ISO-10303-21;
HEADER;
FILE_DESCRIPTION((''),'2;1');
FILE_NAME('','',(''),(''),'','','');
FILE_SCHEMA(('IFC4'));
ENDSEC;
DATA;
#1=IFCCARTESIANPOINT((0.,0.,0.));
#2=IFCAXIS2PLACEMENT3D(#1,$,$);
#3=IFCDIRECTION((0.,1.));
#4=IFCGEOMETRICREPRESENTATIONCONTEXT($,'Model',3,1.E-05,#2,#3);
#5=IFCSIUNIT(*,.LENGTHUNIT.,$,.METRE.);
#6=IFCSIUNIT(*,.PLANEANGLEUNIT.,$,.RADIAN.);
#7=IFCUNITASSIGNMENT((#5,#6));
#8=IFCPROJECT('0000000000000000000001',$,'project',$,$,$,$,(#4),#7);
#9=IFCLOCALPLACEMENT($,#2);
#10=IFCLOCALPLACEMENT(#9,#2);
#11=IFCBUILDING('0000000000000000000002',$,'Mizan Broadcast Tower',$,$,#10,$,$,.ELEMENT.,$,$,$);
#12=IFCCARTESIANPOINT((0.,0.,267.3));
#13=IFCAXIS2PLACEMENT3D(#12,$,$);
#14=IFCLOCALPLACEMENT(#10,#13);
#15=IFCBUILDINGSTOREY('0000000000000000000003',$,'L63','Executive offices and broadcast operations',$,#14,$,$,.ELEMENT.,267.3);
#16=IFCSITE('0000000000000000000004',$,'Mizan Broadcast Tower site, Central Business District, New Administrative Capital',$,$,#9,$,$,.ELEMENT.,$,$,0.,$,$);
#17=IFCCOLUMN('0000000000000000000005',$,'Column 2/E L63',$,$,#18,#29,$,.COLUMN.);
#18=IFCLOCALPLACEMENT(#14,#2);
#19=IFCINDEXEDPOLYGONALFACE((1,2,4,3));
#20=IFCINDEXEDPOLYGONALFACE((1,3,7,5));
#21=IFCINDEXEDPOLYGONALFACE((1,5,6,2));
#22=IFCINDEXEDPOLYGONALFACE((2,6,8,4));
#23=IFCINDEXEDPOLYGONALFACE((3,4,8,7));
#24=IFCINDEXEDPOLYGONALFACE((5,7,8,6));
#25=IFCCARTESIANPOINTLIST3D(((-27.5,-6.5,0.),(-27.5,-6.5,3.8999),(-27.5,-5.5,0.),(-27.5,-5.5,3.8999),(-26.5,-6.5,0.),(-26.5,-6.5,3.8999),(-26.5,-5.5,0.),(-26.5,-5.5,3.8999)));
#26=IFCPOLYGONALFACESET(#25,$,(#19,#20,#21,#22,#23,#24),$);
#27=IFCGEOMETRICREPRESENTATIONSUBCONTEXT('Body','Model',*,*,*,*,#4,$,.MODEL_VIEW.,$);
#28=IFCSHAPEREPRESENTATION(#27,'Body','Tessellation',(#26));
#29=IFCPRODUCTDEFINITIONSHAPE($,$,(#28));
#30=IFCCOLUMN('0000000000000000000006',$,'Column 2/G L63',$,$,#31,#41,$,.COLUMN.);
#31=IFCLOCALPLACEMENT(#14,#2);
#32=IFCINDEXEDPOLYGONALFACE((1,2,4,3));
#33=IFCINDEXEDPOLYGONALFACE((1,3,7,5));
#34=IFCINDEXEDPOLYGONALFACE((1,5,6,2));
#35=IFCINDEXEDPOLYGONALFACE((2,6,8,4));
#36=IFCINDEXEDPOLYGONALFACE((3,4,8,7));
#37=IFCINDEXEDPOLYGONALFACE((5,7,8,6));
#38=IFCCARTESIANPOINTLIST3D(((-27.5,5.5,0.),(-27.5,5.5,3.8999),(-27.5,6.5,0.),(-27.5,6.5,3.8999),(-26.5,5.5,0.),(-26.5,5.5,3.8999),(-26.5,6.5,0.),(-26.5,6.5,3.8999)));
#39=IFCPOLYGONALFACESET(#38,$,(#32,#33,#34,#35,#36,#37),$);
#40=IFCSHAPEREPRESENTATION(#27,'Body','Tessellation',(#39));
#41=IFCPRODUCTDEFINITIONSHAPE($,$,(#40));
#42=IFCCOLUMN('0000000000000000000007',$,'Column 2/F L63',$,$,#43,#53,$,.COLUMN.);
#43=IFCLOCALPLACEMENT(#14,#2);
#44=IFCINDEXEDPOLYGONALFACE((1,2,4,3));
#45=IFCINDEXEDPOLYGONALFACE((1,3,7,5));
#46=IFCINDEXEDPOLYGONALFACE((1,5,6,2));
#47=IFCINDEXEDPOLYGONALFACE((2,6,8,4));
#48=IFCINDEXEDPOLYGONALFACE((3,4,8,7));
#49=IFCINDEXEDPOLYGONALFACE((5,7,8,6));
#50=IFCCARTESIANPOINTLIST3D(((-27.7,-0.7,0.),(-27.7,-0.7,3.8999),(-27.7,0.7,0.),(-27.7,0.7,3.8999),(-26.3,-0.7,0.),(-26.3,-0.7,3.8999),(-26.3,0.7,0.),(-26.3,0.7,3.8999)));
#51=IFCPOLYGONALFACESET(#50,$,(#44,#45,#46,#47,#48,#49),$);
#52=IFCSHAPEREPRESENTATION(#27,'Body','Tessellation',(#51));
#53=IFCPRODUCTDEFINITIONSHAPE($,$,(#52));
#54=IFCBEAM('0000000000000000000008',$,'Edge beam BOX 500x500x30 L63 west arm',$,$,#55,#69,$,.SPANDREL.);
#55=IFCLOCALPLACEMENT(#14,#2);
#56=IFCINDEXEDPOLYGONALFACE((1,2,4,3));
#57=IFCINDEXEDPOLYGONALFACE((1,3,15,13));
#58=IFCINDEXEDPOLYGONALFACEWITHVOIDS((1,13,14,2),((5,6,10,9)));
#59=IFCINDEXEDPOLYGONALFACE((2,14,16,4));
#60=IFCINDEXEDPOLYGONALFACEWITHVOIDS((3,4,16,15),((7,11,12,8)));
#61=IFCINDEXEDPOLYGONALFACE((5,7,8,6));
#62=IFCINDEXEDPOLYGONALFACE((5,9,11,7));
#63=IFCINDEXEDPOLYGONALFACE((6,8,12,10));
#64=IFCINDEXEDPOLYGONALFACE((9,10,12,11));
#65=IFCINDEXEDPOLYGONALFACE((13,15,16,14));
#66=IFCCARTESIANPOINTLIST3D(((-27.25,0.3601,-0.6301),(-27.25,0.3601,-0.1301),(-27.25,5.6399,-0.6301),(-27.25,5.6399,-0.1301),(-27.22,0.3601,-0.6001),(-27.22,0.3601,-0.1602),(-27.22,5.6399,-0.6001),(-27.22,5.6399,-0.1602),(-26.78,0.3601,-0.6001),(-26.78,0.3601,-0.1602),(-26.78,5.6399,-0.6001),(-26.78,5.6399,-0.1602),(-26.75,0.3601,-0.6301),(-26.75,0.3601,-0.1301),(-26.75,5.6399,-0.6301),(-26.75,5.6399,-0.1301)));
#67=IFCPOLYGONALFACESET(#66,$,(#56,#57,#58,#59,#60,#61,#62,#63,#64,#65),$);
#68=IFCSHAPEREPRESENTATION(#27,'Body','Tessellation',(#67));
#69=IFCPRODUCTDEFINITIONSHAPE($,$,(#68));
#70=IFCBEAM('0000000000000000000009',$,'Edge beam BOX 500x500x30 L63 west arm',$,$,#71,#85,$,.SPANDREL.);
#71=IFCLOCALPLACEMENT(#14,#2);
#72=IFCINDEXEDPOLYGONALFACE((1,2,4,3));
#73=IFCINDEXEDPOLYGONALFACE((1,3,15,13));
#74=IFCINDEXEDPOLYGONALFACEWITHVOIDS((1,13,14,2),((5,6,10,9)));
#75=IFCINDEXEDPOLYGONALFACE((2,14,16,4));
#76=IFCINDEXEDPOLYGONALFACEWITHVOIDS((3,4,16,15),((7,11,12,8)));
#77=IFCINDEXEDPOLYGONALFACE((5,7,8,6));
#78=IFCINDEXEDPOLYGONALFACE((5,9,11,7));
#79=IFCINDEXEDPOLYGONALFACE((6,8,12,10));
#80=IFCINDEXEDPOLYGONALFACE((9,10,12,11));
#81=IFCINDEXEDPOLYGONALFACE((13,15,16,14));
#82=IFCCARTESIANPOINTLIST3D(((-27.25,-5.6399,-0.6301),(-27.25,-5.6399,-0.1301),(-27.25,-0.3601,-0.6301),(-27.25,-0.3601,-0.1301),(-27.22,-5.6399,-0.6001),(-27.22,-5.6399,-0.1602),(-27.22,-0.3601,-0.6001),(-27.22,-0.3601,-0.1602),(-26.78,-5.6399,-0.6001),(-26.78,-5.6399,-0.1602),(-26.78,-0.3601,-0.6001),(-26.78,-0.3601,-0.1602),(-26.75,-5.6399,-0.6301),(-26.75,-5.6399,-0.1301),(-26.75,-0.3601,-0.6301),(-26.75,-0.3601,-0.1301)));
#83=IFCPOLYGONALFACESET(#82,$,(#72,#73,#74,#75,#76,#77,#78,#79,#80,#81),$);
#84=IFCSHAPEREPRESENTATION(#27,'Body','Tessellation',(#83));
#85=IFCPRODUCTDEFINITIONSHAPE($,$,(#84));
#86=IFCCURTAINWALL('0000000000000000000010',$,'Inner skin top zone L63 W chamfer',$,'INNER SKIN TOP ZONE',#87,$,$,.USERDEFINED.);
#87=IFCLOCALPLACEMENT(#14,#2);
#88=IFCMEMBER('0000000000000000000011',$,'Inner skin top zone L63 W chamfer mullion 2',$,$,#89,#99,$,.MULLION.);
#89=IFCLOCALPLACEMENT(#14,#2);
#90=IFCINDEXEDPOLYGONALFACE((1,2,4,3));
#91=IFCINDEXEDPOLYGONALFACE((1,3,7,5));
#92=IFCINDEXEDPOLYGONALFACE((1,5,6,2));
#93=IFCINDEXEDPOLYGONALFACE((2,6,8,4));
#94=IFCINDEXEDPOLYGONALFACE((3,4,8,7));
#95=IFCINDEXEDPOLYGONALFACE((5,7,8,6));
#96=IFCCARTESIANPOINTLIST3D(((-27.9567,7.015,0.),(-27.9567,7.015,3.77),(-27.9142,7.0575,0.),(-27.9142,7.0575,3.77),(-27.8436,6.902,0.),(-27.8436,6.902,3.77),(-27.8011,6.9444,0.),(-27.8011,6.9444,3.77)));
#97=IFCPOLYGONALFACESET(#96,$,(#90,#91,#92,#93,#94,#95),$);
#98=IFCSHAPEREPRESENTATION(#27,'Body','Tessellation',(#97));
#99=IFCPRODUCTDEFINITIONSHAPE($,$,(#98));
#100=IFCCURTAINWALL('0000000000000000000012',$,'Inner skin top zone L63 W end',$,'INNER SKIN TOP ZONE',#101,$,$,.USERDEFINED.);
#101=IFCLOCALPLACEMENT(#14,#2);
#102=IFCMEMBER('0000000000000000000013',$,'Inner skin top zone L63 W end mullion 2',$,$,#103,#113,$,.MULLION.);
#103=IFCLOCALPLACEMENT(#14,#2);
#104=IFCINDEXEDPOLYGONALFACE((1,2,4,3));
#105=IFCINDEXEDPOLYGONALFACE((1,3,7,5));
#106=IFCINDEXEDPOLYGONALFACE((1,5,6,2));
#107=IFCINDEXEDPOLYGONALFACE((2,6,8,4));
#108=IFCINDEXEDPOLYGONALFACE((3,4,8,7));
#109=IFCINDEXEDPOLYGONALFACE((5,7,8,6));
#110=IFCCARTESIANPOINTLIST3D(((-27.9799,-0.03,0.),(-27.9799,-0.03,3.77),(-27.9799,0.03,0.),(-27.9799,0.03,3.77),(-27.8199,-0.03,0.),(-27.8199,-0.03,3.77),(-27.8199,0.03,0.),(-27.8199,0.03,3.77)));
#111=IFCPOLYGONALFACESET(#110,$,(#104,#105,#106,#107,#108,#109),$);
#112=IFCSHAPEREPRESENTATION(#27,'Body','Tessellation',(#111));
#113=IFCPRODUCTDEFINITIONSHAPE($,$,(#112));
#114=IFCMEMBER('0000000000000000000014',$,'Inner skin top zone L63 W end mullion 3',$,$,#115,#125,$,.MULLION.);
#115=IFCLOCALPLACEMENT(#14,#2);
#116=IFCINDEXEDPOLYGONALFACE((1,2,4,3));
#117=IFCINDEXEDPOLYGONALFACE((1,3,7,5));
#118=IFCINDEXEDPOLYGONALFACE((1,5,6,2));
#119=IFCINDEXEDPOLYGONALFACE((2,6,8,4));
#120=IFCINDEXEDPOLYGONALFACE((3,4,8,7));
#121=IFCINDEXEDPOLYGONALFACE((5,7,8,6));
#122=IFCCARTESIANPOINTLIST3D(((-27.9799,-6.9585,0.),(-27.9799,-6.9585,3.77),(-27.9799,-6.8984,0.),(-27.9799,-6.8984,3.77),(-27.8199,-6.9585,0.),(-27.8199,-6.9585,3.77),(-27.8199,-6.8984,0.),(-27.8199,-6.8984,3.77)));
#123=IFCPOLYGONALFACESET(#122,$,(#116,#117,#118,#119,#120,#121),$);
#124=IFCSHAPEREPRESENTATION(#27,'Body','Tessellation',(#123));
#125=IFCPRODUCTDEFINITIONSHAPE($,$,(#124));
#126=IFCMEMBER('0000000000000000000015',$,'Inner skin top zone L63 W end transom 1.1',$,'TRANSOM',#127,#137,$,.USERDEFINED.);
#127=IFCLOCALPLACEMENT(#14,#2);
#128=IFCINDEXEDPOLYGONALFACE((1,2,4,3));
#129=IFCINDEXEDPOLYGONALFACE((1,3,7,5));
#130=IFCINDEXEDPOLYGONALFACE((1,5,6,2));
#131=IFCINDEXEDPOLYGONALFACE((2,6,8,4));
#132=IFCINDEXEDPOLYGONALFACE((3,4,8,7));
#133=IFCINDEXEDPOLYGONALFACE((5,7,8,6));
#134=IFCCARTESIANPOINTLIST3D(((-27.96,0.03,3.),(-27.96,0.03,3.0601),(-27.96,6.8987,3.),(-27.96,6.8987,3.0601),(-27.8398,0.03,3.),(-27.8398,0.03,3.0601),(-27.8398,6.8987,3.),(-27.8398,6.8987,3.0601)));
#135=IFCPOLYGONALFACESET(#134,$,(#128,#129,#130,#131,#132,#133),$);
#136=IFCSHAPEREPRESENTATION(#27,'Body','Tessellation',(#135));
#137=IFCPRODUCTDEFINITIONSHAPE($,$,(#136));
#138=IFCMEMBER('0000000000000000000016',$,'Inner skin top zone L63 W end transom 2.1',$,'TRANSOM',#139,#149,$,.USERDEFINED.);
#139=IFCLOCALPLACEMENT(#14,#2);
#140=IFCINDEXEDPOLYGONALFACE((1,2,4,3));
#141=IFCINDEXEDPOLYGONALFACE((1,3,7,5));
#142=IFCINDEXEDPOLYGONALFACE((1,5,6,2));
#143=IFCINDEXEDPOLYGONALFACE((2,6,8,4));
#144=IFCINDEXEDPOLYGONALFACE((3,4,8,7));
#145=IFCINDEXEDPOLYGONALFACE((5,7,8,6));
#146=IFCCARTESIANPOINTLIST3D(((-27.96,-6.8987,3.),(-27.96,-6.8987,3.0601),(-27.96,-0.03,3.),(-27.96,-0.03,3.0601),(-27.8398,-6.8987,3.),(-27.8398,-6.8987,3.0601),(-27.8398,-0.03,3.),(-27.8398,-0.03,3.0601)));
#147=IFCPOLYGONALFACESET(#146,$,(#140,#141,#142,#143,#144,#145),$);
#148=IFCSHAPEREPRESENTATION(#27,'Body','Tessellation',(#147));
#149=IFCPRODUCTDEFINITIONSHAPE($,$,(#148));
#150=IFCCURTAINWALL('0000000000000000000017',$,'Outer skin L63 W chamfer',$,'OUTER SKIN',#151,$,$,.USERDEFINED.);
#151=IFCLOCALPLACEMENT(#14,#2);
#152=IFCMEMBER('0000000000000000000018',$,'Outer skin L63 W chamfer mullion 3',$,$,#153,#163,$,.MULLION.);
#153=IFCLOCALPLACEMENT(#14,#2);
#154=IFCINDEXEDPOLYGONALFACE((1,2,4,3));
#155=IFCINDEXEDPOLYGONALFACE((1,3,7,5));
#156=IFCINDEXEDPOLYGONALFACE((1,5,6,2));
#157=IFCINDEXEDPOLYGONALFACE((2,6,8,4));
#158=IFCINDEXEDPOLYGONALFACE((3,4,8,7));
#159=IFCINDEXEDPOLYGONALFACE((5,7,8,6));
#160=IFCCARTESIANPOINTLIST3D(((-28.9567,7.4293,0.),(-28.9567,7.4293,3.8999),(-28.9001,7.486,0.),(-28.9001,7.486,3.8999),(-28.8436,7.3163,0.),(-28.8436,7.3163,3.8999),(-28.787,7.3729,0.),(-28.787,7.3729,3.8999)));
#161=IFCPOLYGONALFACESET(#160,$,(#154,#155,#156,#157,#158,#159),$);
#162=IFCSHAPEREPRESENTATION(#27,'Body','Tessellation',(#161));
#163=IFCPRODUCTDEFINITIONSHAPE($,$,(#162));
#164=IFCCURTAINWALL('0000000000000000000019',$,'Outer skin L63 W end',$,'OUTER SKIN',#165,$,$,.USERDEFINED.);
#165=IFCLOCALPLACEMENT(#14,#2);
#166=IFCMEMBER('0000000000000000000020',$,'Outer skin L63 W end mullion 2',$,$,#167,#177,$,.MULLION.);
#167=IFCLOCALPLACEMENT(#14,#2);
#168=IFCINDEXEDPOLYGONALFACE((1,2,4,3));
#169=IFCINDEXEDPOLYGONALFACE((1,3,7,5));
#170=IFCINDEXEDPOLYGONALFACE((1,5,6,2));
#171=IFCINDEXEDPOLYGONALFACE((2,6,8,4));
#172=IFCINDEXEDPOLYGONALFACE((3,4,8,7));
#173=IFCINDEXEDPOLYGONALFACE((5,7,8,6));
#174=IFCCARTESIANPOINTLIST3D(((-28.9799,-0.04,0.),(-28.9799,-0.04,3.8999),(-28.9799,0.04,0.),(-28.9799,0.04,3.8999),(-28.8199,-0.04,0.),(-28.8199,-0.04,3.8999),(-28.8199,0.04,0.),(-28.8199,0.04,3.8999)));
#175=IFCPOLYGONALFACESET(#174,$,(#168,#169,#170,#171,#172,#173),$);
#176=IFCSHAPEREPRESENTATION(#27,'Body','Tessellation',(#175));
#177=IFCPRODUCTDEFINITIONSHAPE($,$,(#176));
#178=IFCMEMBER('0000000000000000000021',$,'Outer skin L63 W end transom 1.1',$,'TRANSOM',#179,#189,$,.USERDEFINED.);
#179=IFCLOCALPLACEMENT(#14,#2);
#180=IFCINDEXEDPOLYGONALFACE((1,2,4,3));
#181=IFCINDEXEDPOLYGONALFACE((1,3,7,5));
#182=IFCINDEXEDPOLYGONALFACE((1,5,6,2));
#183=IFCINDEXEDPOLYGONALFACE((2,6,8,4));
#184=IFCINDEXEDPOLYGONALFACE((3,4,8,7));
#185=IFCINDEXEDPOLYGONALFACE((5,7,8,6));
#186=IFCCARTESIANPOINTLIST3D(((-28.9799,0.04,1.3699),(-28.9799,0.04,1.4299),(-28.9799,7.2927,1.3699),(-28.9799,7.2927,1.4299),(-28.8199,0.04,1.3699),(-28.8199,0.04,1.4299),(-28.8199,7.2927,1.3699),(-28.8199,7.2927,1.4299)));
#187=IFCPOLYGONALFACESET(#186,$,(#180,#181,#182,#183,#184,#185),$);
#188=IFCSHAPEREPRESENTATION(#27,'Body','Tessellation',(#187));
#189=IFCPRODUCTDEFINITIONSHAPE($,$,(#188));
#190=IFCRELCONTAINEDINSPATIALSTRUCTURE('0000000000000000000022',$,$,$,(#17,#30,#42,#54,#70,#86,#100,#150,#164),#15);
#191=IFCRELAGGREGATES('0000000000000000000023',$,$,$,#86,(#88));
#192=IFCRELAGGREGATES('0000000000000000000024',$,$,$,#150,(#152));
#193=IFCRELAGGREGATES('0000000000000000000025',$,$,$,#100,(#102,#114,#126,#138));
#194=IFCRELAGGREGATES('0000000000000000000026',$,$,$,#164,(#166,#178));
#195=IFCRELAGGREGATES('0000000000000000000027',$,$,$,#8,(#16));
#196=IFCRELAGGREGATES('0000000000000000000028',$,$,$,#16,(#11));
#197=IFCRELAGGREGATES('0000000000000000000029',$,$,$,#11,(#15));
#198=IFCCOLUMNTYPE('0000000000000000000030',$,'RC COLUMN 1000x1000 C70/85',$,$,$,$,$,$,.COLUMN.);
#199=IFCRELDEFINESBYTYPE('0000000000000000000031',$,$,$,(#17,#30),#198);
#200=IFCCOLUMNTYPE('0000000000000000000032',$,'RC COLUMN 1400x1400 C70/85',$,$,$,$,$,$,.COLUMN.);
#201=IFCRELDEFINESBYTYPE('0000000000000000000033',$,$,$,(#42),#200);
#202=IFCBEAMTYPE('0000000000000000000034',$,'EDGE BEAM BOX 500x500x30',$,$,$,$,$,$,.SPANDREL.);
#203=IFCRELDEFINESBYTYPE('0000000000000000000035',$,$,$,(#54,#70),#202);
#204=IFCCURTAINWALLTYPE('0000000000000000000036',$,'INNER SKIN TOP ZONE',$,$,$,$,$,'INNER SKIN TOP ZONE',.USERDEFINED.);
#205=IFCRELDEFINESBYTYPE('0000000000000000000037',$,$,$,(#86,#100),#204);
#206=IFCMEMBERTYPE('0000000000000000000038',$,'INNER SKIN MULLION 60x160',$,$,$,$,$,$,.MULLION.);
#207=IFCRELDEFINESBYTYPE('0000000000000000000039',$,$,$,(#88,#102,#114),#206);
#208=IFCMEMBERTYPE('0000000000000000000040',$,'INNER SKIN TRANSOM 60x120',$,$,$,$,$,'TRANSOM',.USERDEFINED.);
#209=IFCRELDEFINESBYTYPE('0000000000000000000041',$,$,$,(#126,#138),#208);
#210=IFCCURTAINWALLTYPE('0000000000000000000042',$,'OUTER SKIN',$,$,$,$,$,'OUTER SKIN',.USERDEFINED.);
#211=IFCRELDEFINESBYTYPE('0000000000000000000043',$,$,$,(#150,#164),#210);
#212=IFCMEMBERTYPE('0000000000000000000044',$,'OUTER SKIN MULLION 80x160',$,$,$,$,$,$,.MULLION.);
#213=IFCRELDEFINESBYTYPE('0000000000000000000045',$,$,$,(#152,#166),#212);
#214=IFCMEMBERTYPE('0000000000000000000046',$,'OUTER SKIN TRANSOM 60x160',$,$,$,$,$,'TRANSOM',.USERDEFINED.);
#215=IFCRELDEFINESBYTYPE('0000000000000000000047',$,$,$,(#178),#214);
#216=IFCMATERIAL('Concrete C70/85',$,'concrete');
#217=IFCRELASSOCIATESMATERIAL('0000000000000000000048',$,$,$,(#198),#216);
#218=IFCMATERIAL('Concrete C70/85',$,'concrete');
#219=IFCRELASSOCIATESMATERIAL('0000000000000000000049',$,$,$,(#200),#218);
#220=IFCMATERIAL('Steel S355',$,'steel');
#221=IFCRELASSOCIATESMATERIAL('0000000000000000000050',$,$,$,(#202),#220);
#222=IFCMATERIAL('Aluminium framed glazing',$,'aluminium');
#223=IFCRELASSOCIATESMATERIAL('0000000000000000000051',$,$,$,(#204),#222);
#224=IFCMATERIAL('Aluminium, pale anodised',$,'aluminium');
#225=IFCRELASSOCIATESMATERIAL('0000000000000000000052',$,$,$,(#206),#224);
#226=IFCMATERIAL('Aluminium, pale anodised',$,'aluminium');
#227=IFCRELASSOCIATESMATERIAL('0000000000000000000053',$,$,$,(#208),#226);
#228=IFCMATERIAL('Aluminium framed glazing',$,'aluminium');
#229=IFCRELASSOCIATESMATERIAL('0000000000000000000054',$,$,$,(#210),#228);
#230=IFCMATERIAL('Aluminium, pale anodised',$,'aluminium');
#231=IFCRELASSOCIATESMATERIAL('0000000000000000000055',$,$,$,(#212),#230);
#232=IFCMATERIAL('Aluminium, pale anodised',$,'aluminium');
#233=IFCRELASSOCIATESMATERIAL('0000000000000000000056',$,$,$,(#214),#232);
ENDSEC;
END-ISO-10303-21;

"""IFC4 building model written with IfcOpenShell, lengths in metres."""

from ifc_helpers import new_model, si_unit, direction, frame, origin, origin_2d, place, context, subcontext, project, spatial, rectangle, hollow_rectangle, extrude, material, material_profile, profile_set, type_object, element, aggregate, save


model = new_model("IFC4")

# Units and contexts
model_context = context("Model", 3, precision=1e-05, world=origin(), true_north=direction((0.0, 1.0)))
body_context = subcontext(model_context, "Body", "Model", "MODEL_VIEW")
ifc_project = project(units=[si_unit("LENGTHUNIT", "METRE"), si_unit("PLANEANGLEUNIT", "RADIAN")], contexts=[model_context])

# Site, building, storey
site_placement = place(None, origin())
site = spatial("IfcSite", under=ifc_project, at=site_placement, Name="Mizan Broadcast Tower site, Central Business District, New Administrative Capital", CompositionType="ELEMENT", RefElevation=0.0)
building_placement = place(site_placement, origin())
building = spatial("IfcBuilding", under=site, at=building_placement, Name="Mizan Broadcast Tower", CompositionType="ELEMENT")
storey_placement = place(building_placement, frame((0.0, 0.0, 267.3)))
storey = spatial("IfcBuildingStorey", under=building, at=storey_placement, Name="L63", Description="Executive offices and broadcast operations", CompositionType="ELEMENT", Elevation=267.3)

# Columns
ifc_material_1 = material(Name="Concrete C70/85", Category="concrete")
ifc_material_profile_1 = material_profile(ifc_material_1, rectangle(XDim=1.0, YDim=1.0, at=origin_2d()), Name="RC 1000x1000")
ifc_profile_set_1 = profile_set([ifc_material_profile_1], Name="Concrete C70/85")
column_type_1 = type_object("IfcColumnType", Name="RC COLUMN 1000x1000 C70/85", PredefinedType="COLUMN", material=ifc_profile_set_1)
for number, where, z_axis, x_axis, name in (
    (1, (-27.0, -6.0, 0.0), (0.0, 0.0, 1.0), (1.0, 0.0, 0.0), "Column 2/E L63"),
    (2, (-27.0, 6.0, 0.0), (0.0, 0.0, 1.0), (1.0, 0.0, 0.0), "Column 2/G L63"),
):
    element("IfcColumn", number, at=place(storey_placement, frame(where, z_axis=z_axis, x_axis=x_axis)), inside=storey, type_object=column_type_1, Name=name, PredefinedType="COLUMN", context=body_context, shape_type="SweptSolid", body=[
        extrude(rectangle(XDim=1.0, YDim=1.0, at=origin_2d()), origin(), (0.0, 0.0, 1.0), 3.8999),
    ])
ifc_material_2 = material(Name="Concrete C70/85", Category="concrete")
ifc_material_profile_2 = material_profile(ifc_material_2, rectangle(XDim=1.3999, YDim=1.3999, at=origin_2d()), Name="RC 1400x1400")
ifc_profile_set_2 = profile_set([ifc_material_profile_2], Name="Concrete C70/85")
column_type_2 = type_object("IfcColumnType", Name="RC COLUMN 1400x1400 C70/85", PredefinedType="COLUMN", material=ifc_profile_set_2)
column_placement = place(storey_placement, frame((-27.0, 0.0, 0.0), z_axis=(0.0, 0.0, 1.0), x_axis=(1.0, 0.0, 0.0)))
element("IfcColumn", 3, at=column_placement, inside=storey, type_object=column_type_2, Name="Column 2/F L63", PredefinedType="COLUMN", context=body_context, shape_type="SweptSolid", body=[
    extrude(rectangle(XDim=1.3999, YDim=1.3999, at=origin_2d()), origin(), (0.0, 0.0, 1.0), 3.8999),
])

# Beams
ifc_material_3 = material(Name="Steel S355", Category="steel")
ifc_material_profile_3 = material_profile(ifc_material_3, hollow_rectangle(XDim=0.5, YDim=0.5, WallThickness=0.03, at=origin_2d()), Name="BOX 500x500x30")
ifc_profile_set_3 = profile_set([ifc_material_profile_3], Name="Steel S355")
beam_type = type_object("IfcBeamType", Name="EDGE BEAM BOX 500x500x30", PredefinedType="SPANDREL", material=ifc_profile_set_3)
for number, where, z_axis, x_axis, name in (
    (4, (-27.0, 5.6399, -0.3801), (0.0, -1.0, 0.0), (1.0, 0.0, 0.0), "Edge beam BOX 500x500x30 L63 west arm"),
    (5, (-27.0, -5.6399, -0.3801), (0.0, 1.0, 0.0), (-1.0, 0.0, 0.0), "Edge beam BOX 500x500x30 L63 west arm"),
):
    element("IfcBeam", number, at=place(storey_placement, frame(where, z_axis=z_axis, x_axis=x_axis)), inside=storey, type_object=beam_type, Name=name, PredefinedType="SPANDREL", context=body_context, shape_type="SweptSolid", body=[
        extrude(hollow_rectangle(XDim=0.5, YDim=0.5, WallThickness=0.03, at=origin_2d()), origin(), (0.0, 0.0, 1.0), 5.2798),
    ])

# Curtain wall, member
ifc_material_4 = material(Name="Aluminium framed glazing", Category="aluminium")
curtain_wall_type_1 = type_object("IfcCurtainWallType", Name="INNER SKIN TOP ZONE", ElementType="INNER SKIN TOP ZONE", PredefinedType="USERDEFINED", material=ifc_material_4)
curtain_wall_1_placement = place(storey_placement, origin())
curtain_wall_1 = element("IfcCurtainWall", 6, at=curtain_wall_1_placement, inside=storey, type_object=curtain_wall_type_1, Name="Inner skin top zone L63 W chamfer", ObjectType="INNER SKIN TOP ZONE", PredefinedType="USERDEFINED")
ifc_material_5 = material(Name="Aluminium, pale anodised", Category="aluminium")
ifc_material_profile_4 = material_profile(ifc_material_5, rectangle(XDim=0.1599, YDim=0.0601, at=origin_2d()), Name="MULLION 160x60")
ifc_profile_set_4 = profile_set([ifc_material_profile_4], Name="Aluminium, pale anodised")
member_type_1 = type_object("IfcMemberType", Name="INNER SKIN MULLION 60x160", PredefinedType="MULLION", material=ifc_profile_set_4)
member_1_placement = place(storey_placement, frame((-27.8789, 6.9797, 0.0), z_axis=(0.0, 0.0, 1.0), x_axis=(0.707107, -0.707107, 0.0)))
member_1 = element("IfcMember", 7, at=member_1_placement, type_object=member_type_1, Name="Inner skin top zone L63 W chamfer mullion 2", PredefinedType="MULLION", context=body_context, shape_type="SweptSolid", body=[
    extrude(rectangle(XDim=0.1599, YDim=0.0601, at=origin_2d()), origin(), (0.0, 0.0, 1.0), 3.77),
])
aggregate(curtain_wall_1, [member_1])

# Curtain wall, members
curtain_wall_2_placement = place(storey_placement, origin())
curtain_wall_2 = element("IfcCurtainWall", 8, at=curtain_wall_2_placement, inside=storey, type_object=curtain_wall_type_1, Name="Inner skin top zone L63 W end", ObjectType="INNER SKIN TOP ZONE", PredefinedType="USERDEFINED")
member_2_placement = place(storey_placement, frame((-27.8999, 0.0, 0.0), z_axis=(0.0, 0.0, 1.0), x_axis=(1.0, 0.0, 0.0)))
member_2 = element("IfcMember", 9, at=member_2_placement, type_object=member_type_1, Name="Inner skin top zone L63 W end mullion 2", PredefinedType="MULLION", context=body_context, shape_type="SweptSolid", body=[
    extrude(rectangle(XDim=0.1599, YDim=0.0601, at=origin_2d()), origin(), (0.0, 0.0, 1.0), 3.77),
])
member_3_placement = place(storey_placement, frame((-27.8999, -6.9285, 0.0), z_axis=(0.0, 0.0, 1.0), x_axis=(1.0, 0.0, 0.0)))
member_3 = element("IfcMember", 10, at=member_3_placement, type_object=member_type_1, Name="Inner skin top zone L63 W end mullion 3", PredefinedType="MULLION", context=body_context, shape_type="SweptSolid", body=[
    extrude(rectangle(XDim=0.1599, YDim=0.0601, at=origin_2d()), origin(), (0.0, 0.0, 1.0), 3.77),
])
ifc_material_6 = material(Name="Aluminium, pale anodised", Category="aluminium")
ifc_material_profile_5 = material_profile(ifc_material_6, rectangle(XDim=0.1201, YDim=0.0601, at=origin_2d()), Name="TRANSOM 120x60")
ifc_profile_set_5 = profile_set([ifc_material_profile_5], Name="Aluminium, pale anodised")
member_type_2 = type_object("IfcMemberType", Name="INNER SKIN TRANSOM 60x120", ElementType="TRANSOM", PredefinedType="USERDEFINED", material=ifc_profile_set_5)
member_4_placement = place(storey_placement, frame((-27.8999, 6.8987, 3.03), z_axis=(0.0, -1.0, 0.0), x_axis=(1.0, 0.0, 0.0)))
member_4 = element("IfcMember", 11, at=member_4_placement, type_object=member_type_2, Name="Inner skin top zone L63 W end transom 1.1", ObjectType="TRANSOM", PredefinedType="USERDEFINED", context=body_context, shape_type="SweptSolid", body=[
    extrude(rectangle(XDim=0.1201, YDim=0.0601, at=origin_2d()), origin(), (0.0, 0.0, 1.0), 6.8687),
])
member_5_placement = place(storey_placement, frame((-27.8999, -0.03, 3.03), z_axis=(0.0, -1.0, 0.0), x_axis=(1.0, 0.0, 0.0)))
member_5 = element("IfcMember", 12, at=member_5_placement, type_object=member_type_2, Name="Inner skin top zone L63 W end transom 2.1", ObjectType="TRANSOM", PredefinedType="USERDEFINED", context=body_context, shape_type="SweptSolid", body=[
    extrude(rectangle(XDim=0.1201, YDim=0.0601, at=origin_2d()), origin(), (0.0, 0.0, 1.0), 6.8687),
])

# Curtain wall, member
ifc_material_7 = material(Name="Aluminium framed glazing", Category="aluminium")
curtain_wall_type_2 = type_object("IfcCurtainWallType", Name="OUTER SKIN", ElementType="OUTER SKIN", PredefinedType="USERDEFINED", material=ifc_material_7)
curtain_wall_3_placement = place(storey_placement, origin())
curtain_wall_3 = element("IfcCurtainWall", 13, at=curtain_wall_3_placement, inside=storey, type_object=curtain_wall_type_2, Name="Outer skin L63 W chamfer", ObjectType="OUTER SKIN", PredefinedType="USERDEFINED")
ifc_material_8 = material(Name="Aluminium, pale anodised", Category="aluminium")
ifc_material_profile_6 = material_profile(ifc_material_8, rectangle(XDim=0.1599, YDim=0.0801, at=origin_2d()), Name="MULLION 160x80")
ifc_profile_set_6 = profile_set([ifc_material_profile_6], Name="Aluminium, pale anodised")
member_type_3 = type_object("IfcMemberType", Name="OUTER SKIN MULLION 80x160", PredefinedType="MULLION", material=ifc_profile_set_6)
member_6_placement = place(storey_placement, frame((-28.8718, 7.4011, 0.0), z_axis=(0.0, 0.0, 1.0), x_axis=(0.707107, -0.707107, 0.0)))
member_6 = element("IfcMember", 14, at=member_6_placement, type_object=member_type_3, Name="Outer skin L63 W chamfer mullion 3", PredefinedType="MULLION", context=body_context, shape_type="SweptSolid", body=[
    extrude(rectangle(XDim=0.1599, YDim=0.0801, at=origin_2d()), origin(), (0.0, 0.0, 1.0), 3.8999),
])
aggregate(curtain_wall_3, [member_6])

# Curtain wall, members
curtain_wall_4_placement = place(storey_placement, origin())
curtain_wall_4 = element("IfcCurtainWall", 15, at=curtain_wall_4_placement, inside=storey, type_object=curtain_wall_type_2, Name="Outer skin L63 W end", ObjectType="OUTER SKIN", PredefinedType="USERDEFINED")
member_7_placement = place(storey_placement, frame((-28.8999, 0.0, 0.0), z_axis=(0.0, 0.0, 1.0), x_axis=(1.0, 0.0, 0.0)))
member_7 = element("IfcMember", 16, at=member_7_placement, type_object=member_type_3, Name="Outer skin L63 W end mullion 2", PredefinedType="MULLION", context=body_context, shape_type="SweptSolid", body=[
    extrude(rectangle(XDim=0.1599, YDim=0.0801, at=origin_2d()), origin(), (0.0, 0.0, 1.0), 3.8999),
])
ifc_material_9 = material(Name="Aluminium, pale anodised", Category="aluminium")
ifc_material_profile_7 = material_profile(ifc_material_9, rectangle(XDim=0.1599, YDim=0.0601, at=origin_2d()), Name="TRANSOM 160x60")
ifc_profile_set_7 = profile_set([ifc_material_profile_7], Name="Aluminium, pale anodised")
member_type_4 = type_object("IfcMemberType", Name="OUTER SKIN TRANSOM 60x160", ElementType="TRANSOM", PredefinedType="USERDEFINED", material=ifc_profile_set_7)
member_8_placement = place(storey_placement, frame((-28.8999, 7.2927, 1.3999), z_axis=(0.0, -1.0, 0.0), x_axis=(1.0, 0.0, 0.0)))
member_8 = element("IfcMember", 17, at=member_8_placement, type_object=member_type_4, Name="Outer skin L63 W end transom 1.1", ObjectType="TRANSOM", PredefinedType="USERDEFINED", context=body_context, shape_type="SweptSolid", body=[
    extrude(rectangle(XDim=0.1599, YDim=0.0601, at=origin_2d()), origin(), (0.0, 0.0, 1.0), 7.2527),
])

aggregate(curtain_wall_2, [member_2, member_3, member_4, member_5])
aggregate(curtain_wall_4, [member_7, member_8])

save(model, "model.ifc")
